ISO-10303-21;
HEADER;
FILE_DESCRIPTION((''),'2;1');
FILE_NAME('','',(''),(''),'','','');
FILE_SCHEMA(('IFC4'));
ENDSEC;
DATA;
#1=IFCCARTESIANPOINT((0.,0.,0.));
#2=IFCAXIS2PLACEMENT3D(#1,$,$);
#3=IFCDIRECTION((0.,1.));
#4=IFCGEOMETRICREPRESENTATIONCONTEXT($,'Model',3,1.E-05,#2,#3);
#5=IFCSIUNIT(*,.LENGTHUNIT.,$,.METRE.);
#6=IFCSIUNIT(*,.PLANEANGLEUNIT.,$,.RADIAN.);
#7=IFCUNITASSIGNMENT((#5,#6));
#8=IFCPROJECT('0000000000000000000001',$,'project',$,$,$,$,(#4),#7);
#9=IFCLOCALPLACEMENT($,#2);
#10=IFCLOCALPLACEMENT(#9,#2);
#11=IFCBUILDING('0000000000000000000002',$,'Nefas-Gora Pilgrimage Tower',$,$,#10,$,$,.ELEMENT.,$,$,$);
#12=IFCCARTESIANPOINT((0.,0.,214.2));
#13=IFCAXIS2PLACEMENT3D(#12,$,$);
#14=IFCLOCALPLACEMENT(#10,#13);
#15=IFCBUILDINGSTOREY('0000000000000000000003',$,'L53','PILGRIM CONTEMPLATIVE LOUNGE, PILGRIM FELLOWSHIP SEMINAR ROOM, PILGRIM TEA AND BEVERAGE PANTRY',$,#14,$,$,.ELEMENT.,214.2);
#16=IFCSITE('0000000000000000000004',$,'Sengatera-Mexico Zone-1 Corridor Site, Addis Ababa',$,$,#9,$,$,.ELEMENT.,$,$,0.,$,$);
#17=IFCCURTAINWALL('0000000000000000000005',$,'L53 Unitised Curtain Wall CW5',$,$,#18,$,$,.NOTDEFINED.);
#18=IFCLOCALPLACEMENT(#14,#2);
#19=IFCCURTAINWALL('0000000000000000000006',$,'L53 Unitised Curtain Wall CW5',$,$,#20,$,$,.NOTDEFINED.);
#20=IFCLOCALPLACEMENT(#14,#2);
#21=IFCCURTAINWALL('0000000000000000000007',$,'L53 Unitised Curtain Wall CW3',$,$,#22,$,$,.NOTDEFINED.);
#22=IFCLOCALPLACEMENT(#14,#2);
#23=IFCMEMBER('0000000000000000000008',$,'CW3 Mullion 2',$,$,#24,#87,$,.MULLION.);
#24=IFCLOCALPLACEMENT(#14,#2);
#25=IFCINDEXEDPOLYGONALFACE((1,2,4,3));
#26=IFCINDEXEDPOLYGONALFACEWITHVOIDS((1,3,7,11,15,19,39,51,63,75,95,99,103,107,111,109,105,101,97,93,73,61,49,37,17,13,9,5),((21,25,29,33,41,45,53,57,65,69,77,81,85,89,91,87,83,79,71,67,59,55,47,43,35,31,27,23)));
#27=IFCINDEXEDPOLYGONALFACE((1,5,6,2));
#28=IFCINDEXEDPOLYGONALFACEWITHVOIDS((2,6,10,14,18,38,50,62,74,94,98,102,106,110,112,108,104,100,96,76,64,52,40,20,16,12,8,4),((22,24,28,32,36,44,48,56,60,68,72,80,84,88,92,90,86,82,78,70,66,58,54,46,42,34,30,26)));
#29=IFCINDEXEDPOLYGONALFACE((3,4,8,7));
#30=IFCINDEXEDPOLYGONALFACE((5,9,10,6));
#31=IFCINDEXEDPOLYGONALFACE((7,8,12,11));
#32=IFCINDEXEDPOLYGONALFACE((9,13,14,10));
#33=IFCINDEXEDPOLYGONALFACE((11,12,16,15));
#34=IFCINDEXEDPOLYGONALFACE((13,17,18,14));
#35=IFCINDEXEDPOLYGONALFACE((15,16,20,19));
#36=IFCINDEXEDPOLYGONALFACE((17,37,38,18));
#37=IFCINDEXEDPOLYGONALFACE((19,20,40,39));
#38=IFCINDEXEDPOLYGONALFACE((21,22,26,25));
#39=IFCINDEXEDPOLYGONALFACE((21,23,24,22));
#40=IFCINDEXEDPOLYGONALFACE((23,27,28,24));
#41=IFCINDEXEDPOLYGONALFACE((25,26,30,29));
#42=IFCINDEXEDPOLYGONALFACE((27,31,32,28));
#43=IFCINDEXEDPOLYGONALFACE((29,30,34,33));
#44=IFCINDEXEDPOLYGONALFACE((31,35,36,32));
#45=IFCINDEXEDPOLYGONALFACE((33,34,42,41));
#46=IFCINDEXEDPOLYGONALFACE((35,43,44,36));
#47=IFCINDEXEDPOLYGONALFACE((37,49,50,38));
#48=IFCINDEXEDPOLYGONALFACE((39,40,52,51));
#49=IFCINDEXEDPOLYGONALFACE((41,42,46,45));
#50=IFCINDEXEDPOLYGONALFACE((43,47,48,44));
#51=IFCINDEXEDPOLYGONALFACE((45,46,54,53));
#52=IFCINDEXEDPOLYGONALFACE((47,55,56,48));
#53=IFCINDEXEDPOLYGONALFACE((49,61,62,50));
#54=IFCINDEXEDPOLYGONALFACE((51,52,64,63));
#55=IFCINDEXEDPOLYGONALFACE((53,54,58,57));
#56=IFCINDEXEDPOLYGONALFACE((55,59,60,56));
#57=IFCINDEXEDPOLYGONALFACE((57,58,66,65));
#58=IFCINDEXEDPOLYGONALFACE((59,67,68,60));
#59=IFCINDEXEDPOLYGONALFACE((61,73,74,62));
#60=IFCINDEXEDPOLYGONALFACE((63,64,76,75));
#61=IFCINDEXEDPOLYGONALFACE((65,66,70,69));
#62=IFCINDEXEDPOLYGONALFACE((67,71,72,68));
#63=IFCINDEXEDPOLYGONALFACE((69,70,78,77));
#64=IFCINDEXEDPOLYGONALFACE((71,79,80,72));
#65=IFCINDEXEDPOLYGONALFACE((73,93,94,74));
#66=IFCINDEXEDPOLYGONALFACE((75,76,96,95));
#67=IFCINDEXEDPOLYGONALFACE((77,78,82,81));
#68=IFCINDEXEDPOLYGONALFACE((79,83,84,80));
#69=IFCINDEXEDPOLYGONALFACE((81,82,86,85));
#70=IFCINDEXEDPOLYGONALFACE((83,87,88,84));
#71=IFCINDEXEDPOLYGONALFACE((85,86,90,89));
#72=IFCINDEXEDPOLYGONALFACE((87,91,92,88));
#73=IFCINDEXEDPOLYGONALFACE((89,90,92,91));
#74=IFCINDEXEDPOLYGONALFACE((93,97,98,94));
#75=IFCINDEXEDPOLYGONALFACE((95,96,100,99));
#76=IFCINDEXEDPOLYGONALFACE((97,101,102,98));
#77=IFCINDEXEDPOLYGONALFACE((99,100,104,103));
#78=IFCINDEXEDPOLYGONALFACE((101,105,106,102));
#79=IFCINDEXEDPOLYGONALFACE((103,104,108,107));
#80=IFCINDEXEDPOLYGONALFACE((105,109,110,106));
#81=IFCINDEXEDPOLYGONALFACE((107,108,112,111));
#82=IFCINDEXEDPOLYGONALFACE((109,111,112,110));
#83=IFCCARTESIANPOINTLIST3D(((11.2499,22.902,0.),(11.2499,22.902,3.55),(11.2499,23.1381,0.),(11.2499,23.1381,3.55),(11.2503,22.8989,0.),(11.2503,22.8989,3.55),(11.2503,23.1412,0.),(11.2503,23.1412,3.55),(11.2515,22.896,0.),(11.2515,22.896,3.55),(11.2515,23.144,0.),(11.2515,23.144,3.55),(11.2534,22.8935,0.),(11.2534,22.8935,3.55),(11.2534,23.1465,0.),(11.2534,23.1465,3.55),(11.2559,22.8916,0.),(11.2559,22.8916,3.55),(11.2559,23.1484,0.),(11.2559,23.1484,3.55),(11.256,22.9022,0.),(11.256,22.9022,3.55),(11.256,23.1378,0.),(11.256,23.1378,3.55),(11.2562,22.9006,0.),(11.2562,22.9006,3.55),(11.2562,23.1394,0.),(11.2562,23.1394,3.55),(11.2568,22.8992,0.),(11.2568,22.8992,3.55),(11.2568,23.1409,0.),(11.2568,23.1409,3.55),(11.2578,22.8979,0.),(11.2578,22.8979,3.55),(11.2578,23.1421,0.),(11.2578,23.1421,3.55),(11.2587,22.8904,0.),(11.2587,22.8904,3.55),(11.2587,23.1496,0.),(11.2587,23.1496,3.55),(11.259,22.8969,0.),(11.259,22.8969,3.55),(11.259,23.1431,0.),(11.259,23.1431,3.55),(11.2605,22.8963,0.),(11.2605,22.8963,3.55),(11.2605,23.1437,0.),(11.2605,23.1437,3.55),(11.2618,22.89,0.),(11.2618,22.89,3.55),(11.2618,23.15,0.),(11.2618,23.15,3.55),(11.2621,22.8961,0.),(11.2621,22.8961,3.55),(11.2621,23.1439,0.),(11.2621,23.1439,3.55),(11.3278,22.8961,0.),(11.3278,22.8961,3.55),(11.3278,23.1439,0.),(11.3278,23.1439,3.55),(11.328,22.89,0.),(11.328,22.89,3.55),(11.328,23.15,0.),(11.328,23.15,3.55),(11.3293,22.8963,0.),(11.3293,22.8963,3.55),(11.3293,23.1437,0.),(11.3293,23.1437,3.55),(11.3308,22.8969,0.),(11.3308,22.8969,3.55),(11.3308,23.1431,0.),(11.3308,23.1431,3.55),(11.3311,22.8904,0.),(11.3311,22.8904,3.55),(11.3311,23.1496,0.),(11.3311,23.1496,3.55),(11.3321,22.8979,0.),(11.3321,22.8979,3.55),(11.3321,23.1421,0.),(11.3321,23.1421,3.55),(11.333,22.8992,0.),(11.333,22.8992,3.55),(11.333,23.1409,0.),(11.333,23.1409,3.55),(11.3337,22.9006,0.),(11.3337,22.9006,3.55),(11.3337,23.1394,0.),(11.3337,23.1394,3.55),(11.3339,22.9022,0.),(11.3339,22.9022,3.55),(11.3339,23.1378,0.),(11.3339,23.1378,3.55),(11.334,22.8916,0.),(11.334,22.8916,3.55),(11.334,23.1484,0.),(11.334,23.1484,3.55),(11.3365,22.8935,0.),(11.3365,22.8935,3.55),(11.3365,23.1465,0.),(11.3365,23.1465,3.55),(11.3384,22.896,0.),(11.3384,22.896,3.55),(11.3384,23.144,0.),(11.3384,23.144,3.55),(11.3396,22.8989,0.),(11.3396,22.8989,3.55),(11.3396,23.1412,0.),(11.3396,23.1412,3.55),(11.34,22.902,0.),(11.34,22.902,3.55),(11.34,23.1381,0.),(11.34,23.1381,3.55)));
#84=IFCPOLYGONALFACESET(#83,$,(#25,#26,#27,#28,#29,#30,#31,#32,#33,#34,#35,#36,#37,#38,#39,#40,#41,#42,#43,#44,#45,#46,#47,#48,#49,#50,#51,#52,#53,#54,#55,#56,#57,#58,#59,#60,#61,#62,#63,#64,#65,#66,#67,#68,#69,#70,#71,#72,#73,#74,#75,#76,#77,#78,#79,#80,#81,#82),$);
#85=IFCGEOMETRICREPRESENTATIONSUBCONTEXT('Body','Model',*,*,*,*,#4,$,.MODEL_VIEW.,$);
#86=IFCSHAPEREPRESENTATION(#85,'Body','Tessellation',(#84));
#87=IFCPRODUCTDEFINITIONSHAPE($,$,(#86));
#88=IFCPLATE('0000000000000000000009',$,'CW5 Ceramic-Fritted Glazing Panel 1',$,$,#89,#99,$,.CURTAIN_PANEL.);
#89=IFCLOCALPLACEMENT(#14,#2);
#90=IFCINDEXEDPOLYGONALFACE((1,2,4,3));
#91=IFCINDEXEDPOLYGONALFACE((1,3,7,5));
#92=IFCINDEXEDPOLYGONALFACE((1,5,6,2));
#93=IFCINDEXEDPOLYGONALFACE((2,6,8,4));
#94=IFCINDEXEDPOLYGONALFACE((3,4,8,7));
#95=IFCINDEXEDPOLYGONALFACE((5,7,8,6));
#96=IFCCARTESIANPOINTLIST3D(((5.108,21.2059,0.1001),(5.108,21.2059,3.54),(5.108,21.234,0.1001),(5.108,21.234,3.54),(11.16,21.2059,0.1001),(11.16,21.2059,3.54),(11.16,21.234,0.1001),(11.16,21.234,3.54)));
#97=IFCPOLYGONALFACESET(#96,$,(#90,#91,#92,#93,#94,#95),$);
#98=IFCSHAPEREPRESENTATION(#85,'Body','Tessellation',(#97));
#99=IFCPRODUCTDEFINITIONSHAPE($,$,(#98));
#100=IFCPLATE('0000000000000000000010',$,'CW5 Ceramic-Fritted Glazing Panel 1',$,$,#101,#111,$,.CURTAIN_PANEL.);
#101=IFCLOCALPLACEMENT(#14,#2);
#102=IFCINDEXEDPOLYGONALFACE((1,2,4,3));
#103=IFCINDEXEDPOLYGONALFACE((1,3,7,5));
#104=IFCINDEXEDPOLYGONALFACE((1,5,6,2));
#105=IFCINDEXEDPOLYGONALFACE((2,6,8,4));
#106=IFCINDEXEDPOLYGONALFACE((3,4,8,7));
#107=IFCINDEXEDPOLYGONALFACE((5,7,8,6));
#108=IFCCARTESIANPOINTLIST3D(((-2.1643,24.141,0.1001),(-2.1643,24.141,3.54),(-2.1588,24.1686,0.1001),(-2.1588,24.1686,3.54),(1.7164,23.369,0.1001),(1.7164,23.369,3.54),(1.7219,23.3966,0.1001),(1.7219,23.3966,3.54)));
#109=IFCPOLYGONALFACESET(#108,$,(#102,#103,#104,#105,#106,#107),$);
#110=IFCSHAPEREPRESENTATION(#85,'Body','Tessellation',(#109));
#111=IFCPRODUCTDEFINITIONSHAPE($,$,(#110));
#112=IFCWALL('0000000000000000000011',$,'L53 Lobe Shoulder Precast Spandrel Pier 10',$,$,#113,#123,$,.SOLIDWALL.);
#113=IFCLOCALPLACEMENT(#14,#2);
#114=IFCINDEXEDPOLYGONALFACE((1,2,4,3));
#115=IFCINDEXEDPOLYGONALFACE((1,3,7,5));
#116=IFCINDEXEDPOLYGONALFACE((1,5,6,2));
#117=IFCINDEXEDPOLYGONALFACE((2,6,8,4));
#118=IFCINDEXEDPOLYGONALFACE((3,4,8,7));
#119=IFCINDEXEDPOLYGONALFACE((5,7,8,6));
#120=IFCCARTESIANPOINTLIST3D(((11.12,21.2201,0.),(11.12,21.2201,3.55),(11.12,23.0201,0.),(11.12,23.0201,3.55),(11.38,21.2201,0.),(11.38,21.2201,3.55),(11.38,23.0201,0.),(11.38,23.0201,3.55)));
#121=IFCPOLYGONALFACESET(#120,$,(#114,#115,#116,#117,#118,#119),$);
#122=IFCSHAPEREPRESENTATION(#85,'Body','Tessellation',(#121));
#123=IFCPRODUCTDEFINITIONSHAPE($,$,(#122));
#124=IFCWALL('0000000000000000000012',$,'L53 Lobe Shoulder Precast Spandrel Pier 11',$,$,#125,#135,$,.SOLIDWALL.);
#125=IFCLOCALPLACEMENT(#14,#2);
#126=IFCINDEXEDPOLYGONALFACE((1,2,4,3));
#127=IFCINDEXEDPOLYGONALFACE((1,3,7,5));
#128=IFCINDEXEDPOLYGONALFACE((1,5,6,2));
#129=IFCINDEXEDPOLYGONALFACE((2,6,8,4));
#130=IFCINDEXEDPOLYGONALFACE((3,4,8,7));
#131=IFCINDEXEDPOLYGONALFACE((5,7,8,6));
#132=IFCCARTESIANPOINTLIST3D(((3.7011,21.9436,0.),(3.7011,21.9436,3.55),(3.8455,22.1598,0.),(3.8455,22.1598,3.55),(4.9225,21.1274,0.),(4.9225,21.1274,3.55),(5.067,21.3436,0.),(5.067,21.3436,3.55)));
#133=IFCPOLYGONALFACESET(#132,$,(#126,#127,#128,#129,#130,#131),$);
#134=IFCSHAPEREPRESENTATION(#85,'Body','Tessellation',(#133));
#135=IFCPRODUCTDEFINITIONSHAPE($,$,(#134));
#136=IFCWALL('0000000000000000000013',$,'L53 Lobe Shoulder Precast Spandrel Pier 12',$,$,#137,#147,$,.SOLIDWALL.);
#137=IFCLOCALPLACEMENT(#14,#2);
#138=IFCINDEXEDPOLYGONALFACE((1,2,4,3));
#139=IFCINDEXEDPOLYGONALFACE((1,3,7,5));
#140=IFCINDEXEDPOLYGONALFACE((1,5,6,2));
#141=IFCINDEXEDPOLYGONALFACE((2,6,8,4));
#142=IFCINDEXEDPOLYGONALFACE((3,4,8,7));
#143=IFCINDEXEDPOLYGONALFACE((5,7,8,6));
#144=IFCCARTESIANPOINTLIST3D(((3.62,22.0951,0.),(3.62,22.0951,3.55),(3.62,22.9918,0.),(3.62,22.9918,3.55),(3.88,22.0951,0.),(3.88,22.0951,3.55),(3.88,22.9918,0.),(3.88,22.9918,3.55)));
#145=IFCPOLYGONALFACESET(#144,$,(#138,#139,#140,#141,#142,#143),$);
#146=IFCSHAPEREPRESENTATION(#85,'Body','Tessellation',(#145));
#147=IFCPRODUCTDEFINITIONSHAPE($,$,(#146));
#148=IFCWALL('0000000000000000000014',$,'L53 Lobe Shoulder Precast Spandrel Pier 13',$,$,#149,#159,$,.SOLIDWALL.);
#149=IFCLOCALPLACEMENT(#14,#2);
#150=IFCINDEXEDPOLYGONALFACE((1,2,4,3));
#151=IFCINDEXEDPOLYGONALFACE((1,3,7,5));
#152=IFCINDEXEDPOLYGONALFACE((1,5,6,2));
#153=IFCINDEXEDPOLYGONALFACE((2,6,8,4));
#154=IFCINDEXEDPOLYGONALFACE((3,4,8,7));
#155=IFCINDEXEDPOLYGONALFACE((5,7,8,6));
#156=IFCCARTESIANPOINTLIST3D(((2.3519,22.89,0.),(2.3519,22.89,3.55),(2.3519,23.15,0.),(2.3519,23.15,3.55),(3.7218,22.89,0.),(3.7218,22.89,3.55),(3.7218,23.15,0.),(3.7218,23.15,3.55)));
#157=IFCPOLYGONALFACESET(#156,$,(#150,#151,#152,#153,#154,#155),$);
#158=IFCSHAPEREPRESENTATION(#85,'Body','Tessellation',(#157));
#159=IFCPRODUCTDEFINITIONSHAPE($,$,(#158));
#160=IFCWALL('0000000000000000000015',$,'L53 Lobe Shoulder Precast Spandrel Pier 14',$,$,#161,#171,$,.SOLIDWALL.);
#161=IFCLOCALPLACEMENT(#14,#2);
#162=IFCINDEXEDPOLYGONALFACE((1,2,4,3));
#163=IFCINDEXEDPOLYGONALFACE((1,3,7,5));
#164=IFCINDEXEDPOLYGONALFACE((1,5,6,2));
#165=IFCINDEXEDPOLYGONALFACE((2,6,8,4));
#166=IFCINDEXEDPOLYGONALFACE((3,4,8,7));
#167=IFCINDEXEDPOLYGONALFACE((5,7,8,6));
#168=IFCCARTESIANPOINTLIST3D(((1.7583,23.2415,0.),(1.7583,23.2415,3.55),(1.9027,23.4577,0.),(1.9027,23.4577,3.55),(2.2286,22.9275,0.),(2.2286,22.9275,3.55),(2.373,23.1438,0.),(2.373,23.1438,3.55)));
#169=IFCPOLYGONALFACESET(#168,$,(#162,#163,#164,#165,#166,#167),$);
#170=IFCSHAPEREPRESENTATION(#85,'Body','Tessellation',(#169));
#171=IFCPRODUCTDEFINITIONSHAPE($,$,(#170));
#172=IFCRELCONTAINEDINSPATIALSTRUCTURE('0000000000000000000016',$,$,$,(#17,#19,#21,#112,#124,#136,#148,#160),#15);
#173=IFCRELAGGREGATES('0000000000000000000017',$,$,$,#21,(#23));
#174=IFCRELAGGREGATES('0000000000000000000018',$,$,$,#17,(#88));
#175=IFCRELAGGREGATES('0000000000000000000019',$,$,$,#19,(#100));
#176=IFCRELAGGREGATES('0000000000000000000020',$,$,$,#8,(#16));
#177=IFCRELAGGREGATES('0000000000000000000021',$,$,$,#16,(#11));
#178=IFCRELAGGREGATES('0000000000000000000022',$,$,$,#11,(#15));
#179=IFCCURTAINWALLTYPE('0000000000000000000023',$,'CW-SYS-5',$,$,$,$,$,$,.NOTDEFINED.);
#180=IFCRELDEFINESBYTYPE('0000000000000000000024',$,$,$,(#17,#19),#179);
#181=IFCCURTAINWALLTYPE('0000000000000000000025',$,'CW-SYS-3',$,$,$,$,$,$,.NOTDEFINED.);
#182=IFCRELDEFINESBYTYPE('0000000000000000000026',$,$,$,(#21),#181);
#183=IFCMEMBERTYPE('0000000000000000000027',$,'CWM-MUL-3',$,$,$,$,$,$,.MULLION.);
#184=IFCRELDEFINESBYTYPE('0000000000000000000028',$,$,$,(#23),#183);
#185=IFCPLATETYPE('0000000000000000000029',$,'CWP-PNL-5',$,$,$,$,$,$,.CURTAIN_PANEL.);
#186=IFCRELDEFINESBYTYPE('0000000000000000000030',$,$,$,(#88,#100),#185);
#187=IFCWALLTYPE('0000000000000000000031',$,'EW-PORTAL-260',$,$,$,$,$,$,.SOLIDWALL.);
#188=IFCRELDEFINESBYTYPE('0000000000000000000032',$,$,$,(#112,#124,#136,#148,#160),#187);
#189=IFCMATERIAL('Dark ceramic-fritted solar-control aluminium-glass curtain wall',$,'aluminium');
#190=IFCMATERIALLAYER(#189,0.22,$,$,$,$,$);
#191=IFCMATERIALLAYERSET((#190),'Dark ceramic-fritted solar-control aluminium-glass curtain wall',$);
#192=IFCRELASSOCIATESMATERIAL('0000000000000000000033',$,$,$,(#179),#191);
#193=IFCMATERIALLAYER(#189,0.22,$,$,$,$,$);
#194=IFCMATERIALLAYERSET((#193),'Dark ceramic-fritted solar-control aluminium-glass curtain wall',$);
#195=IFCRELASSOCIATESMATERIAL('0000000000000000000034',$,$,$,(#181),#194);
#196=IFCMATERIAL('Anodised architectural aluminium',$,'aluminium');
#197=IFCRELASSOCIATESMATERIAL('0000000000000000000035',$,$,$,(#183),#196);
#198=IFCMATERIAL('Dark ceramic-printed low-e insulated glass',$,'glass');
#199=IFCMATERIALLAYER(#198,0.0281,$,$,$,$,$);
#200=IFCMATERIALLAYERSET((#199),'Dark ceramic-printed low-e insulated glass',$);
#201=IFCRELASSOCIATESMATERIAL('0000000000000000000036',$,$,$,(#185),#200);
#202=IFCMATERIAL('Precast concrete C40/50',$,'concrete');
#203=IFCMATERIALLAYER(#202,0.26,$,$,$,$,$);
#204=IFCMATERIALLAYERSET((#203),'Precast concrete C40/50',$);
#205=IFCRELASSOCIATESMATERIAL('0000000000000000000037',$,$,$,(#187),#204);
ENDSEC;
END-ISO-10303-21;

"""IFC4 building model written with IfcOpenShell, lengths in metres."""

from ifc_helpers import new_model, si_unit, direction, frame, frame_2d, origin, origin_2d, place, context, subcontext, project, spatial, rectangle, hollow_rectangle, extrude, source, transform, mapped, material, layer, layer_set, material_profile, profile_set, type_object, element, aggregate, save


model = new_model("IFC4")

# Units and contexts
model_context = context("Model", 3, precision=1e-05, world=origin(), true_north=direction((0.0, 1.0)))
body_context = subcontext(model_context, "Body", "Model", "MODEL_VIEW")
ifc_project = project(units=[si_unit("LENGTHUNIT", "METRE"), si_unit("PLANEANGLEUNIT", "RADIAN")], contexts=[model_context])

# Site, building, storey
site_placement = place(None, origin())
site = spatial("IfcSite", under=ifc_project, at=site_placement, Name="Sengatera-Mexico Zone-1 Corridor Site, Addis Ababa", CompositionType="ELEMENT", RefElevation=0.0)
building_placement = place(site_placement, origin())
building = spatial("IfcBuilding", under=site, at=building_placement, Name="Nefas-Gora Pilgrimage Tower", CompositionType="ELEMENT")
storey_placement = place(building_placement, frame((0.0, 0.0, 214.2)))
storey = spatial("IfcBuildingStorey", under=building, at=storey_placement, Name="L53", Description="PILGRIM CONTEMPLATIVE LOUNGE, PILGRIM FELLOWSHIP SEMINAR ROOM, PILGRIM TEA AND BEVERAGE PANTRY", CompositionType="ELEMENT", Elevation=214.2)

# Curtain wall
ifc_material_1 = material(Name="Dark ceramic-fritted solar-control aluminium-glass curtain wall", Category="aluminium")
ifc_layer_1 = layer(ifc_material_1, 0.22)
ifc_layer_set_1 = layer_set([ifc_layer_1], Name="Dark ceramic-fritted solar-control aluminium-glass curtain wall")
curtain_wall_type_1 = type_object("IfcCurtainWallType", Name="CW-SYS-5", PredefinedType="NOTDEFINED", material=ifc_layer_set_1)
curtain_wall_1_placement = place(storey_placement, origin())
curtain_wall_1 = element("IfcCurtainWall", 1, at=curtain_wall_1_placement, inside=storey, type_object=curtain_wall_type_1, Name="L53 Unitised Curtain Wall CW5", PredefinedType="NOTDEFINED")
ifc_material_2 = material(Name="Anodised architectural aluminium", Category="aluminium")

# Curtain wall
curtain_wall_2_placement = place(storey_placement, origin())
curtain_wall_2 = element("IfcCurtainWall", 2, at=curtain_wall_2_placement, inside=storey, type_object=curtain_wall_type_1, Name="L53 Unitised Curtain Wall CW5", PredefinedType="NOTDEFINED")

# Curtain wall, member
ifc_layer_2 = layer(ifc_material_1, 0.22)
ifc_layer_set_2 = layer_set([ifc_layer_2], Name="Dark ceramic-fritted solar-control aluminium-glass curtain wall")
curtain_wall_type_2 = type_object("IfcCurtainWallType", Name="CW-SYS-3", PredefinedType="NOTDEFINED", material=ifc_layer_set_2)
curtain_wall_3_placement = place(storey_placement, origin())
curtain_wall_3 = element("IfcCurtainWall", 3, at=curtain_wall_3_placement, inside=storey, type_object=curtain_wall_type_2, Name="L53 Unitised Curtain Wall CW3", PredefinedType="NOTDEFINED")
ifc_material_profile_1 = material_profile(ifc_material_2, hollow_rectangle(XDim=0.0901, YDim=0.26, WallThickness=0.0061, InnerFilletRadius=0.0061, OuterFilletRadius=0.012, at=origin_2d()), Name="ALU MULLION 90x260")
ifc_profile_set_1 = profile_set([ifc_material_profile_1], Name="Anodised architectural aluminium")
member_type_1 = type_object("IfcMemberType", Name="CWM-MUL-3", PredefinedType="MULLION", material=ifc_profile_set_1)
shared_shape_1 = source(origin(), body_context, "Body", "SweptSolid", [
    extrude(hollow_rectangle(XDim=0.0901, YDim=0.26, WallThickness=0.0061, InnerFilletRadius=0.0061, OuterFilletRadius=0.012, at=origin_2d()), origin(), (0.0, 0.0, 1.0), 3.55),
])
member_1_placement = place(storey_placement, frame((11.2949, 23.02, 0.0), z_axis=(0.0, 0.0, 1.0), x_axis=(-1.0, 0.0, 0.0)))
member_1 = element("IfcMember", 4, at=member_1_placement, type_object=member_type_1, Name="CW3 Mullion 2", PredefinedType="MULLION", context=body_context, shape_type="MappedRepresentation", body=[
    mapped(shared_shape_1, transform((0.0, 0.0, 0.0), x_axis=(1.0, 0.0, 0.0), y_axis=(0.0, 1.0, 0.0), z_axis=(0.0, 0.0, 1.0), scale=1.0)),
])
aggregate(curtain_wall_3, [member_1])

# Plates
ifc_material_3 = material(Name="Dark ceramic-printed low-e insulated glass", Category="glass")
ifc_layer_3 = layer(ifc_material_3, 0.0281)
ifc_layer_set_3 = layer_set([ifc_layer_3], Name="Dark ceramic-printed low-e insulated glass")
plate_type = type_object("IfcPlateType", Name="CWP-PNL-5", PredefinedType="CURTAIN_PANEL", material=ifc_layer_set_3)
shared_shape_2 = source(origin(), body_context, "Body", "SweptSolid", [
    extrude(rectangle(XDim=6.052, YDim=0.0281, at=origin_2d()), origin(), (0.0, 0.0, 1.0), 3.4399),
])
plate_1_placement = place(storey_placement, frame((8.134, 21.22, 0.1001), z_axis=(0.0, 0.0, 1.0), x_axis=(-1.0, 0.0, 0.0)))
plate_1 = element("IfcPlate", 5, at=plate_1_placement, type_object=plate_type, Name="CW5 Ceramic-Fritted Glazing Panel 1", PredefinedType="CURTAIN_PANEL", context=body_context, shape_type="MappedRepresentation", body=[
    mapped(shared_shape_2, transform((0.0, 0.0, 0.0), x_axis=(1.0, 0.0, 0.0), y_axis=(0.0, 1.0, 0.0), z_axis=(0.0, 0.0, 1.0), scale=1.0)),
])
aggregate(curtain_wall_1, [plate_1])
shared_shape_3 = source(origin(), body_context, "Body", "SweptSolid", [
    extrude(rectangle(XDim=3.9568, YDim=0.0281, at=origin_2d()), origin(), (0.0, 0.0, 1.0), 3.4399),
])
plate_2_placement = place(storey_placement, frame((-0.2212, 23.7688, 0.1001), z_axis=(0.0, 0.0, 1.0), x_axis=(-0.980783, 0.195102, 0.0)))
plate_2 = element("IfcPlate", 6, at=plate_2_placement, type_object=plate_type, Name="CW5 Ceramic-Fritted Glazing Panel 1", PredefinedType="CURTAIN_PANEL", context=body_context, shape_type="MappedRepresentation", body=[
    mapped(shared_shape_3, transform((0.0, 0.0, 0.0), x_axis=(1.0, 0.0, 0.0), y_axis=(0.0, 1.0, 0.0), z_axis=(0.0, 0.0, 1.0), scale=1.0)),
])
aggregate(curtain_wall_2, [plate_2])

# Walls
ifc_material_4 = material(Name="Precast concrete C40/50", Category="concrete")
ifc_layer_4 = layer(ifc_material_4, 0.26)
ifc_layer_set_4 = layer_set([ifc_layer_4], Name="Precast concrete C40/50")
wall_type_1 = type_object("IfcWallType", Name="EW-PORTAL-260", PredefinedType="SOLIDWALL", material=ifc_layer_set_4)
shared_shape_4 = source(origin(), body_context, "Body", "SweptSolid", [
    extrude(rectangle(XDim=1.8, YDim=0.26, at=frame_2d((0.8999, 0.0))), origin(), (0.0, 0.0, 1.0), 3.55),
])
wall_1_placement = place(storey_placement, frame((11.25, 23.02, 0.0), z_axis=(0.0, 0.0, 1.0), x_axis=(0.0, -1.0, 0.0)))
element("IfcWall", 7, at=wall_1_placement, inside=storey, type_object=wall_type_1, Name="L53 Lobe Shoulder Precast Spandrel Pier 10", PredefinedType="SOLIDWALL", context=body_context, shape_type="MappedRepresentation", body=[
    mapped(shared_shape_4, transform((0.0, 0.0, 0.0), x_axis=(1.0, 0.0, 0.0), y_axis=(0.0, 1.0, 0.0), z_axis=(0.0, 0.0, 1.0), scale=1.0)),
])
shared_shape_5 = source(origin(), body_context, "Body", "SweptSolid", [
    extrude(rectangle(XDim=1.469, YDim=0.26, at=frame_2d((0.7344, 0.0))), origin(), (0.0, 0.0, 1.0), 3.55),
])
wall_2_placement = place(storey_placement, frame((4.9946, 21.2356, 0.0), z_axis=(0.0, 0.0, 1.0), x_axis=(-0.831462, 0.555582, 0.0)))
element("IfcWall", 8, at=wall_2_placement, inside=storey, type_object=wall_type_1, Name="L53 Lobe Shoulder Precast Spandrel Pier 11", PredefinedType="SOLIDWALL", context=body_context, shape_type="MappedRepresentation", body=[
    mapped(shared_shape_5, transform((0.0, 0.0, 0.0), x_axis=(1.0, 0.0, 0.0), y_axis=(0.0, 1.0, 0.0), z_axis=(0.0, 0.0, 1.0), scale=1.0)),
])
shared_shape_6 = source(origin(), body_context, "Body", "SweptSolid", [
    extrude(rectangle(XDim=0.8967, YDim=0.26, at=frame_2d((0.4482, 0.0))), origin(), (0.0, 0.0, 1.0), 3.55),
])
wall_3_placement = place(storey_placement, frame((3.75, 22.0952, 0.0), z_axis=(0.0, 0.0, 1.0), x_axis=(0.0, 1.0, 0.0)))
element("IfcWall", 9, at=wall_3_placement, inside=storey, type_object=wall_type_1, Name="L53 Lobe Shoulder Precast Spandrel Pier 12", PredefinedType="SOLIDWALL", context=body_context, shape_type="MappedRepresentation", body=[
    mapped(shared_shape_6, transform((0.0, 0.0, 0.0), x_axis=(1.0, 0.0, 0.0), y_axis=(0.0, 1.0, 0.0), z_axis=(0.0, 0.0, 1.0), scale=1.0)),
])
shared_shape_7 = source(origin(), body_context, "Body", "SweptSolid", [
    extrude(rectangle(XDim=1.3699, YDim=0.26, at=frame_2d((0.6851, 0.0))), origin(), (0.0, 0.0, 1.0), 3.55),
])
wall_4_placement = place(storey_placement, frame((3.7219, 23.02, 0.0), z_axis=(0.0, 0.0, 1.0), x_axis=(-1.0, 0.0, 0.0)))
element("IfcWall", 10, at=wall_4_placement, inside=storey, type_object=wall_type_1, Name="L53 Lobe Shoulder Precast Spandrel Pier 13", PredefinedType="SOLIDWALL", context=body_context, shape_type="MappedRepresentation", body=[
    mapped(shared_shape_7, transform((0.0, 0.0, 0.0), x_axis=(1.0, 0.0, 0.0), y_axis=(0.0, 1.0, 0.0), z_axis=(0.0, 0.0, 1.0), scale=1.0)),
])
shared_shape_8 = source(origin(), body_context, "Body", "SweptSolid", [
    extrude(rectangle(XDim=0.5654, YDim=0.26, at=frame_2d((0.2827, 0.0))), origin(), (0.0, 0.0, 1.0), 3.55),
])
wall_5_placement = place(storey_placement, frame((2.3008, 23.0356, 0.0), z_axis=(0.0, 0.0, 1.0), x_axis=(-0.831651, 0.555298, 0.0)))
element("IfcWall", 11, at=wall_5_placement, inside=storey, type_object=wall_type_1, Name="L53 Lobe Shoulder Precast Spandrel Pier 14", PredefinedType="SOLIDWALL", context=body_context, shape_type="MappedRepresentation", body=[
    mapped(shared_shape_8, transform((0.0, 0.0, 0.0), x_axis=(1.0, 0.0, 0.0), y_axis=(0.0, 1.0, 0.0), z_axis=(0.0, 0.0, 1.0), scale=1.0)),
])

save(model, "model.ifc")
